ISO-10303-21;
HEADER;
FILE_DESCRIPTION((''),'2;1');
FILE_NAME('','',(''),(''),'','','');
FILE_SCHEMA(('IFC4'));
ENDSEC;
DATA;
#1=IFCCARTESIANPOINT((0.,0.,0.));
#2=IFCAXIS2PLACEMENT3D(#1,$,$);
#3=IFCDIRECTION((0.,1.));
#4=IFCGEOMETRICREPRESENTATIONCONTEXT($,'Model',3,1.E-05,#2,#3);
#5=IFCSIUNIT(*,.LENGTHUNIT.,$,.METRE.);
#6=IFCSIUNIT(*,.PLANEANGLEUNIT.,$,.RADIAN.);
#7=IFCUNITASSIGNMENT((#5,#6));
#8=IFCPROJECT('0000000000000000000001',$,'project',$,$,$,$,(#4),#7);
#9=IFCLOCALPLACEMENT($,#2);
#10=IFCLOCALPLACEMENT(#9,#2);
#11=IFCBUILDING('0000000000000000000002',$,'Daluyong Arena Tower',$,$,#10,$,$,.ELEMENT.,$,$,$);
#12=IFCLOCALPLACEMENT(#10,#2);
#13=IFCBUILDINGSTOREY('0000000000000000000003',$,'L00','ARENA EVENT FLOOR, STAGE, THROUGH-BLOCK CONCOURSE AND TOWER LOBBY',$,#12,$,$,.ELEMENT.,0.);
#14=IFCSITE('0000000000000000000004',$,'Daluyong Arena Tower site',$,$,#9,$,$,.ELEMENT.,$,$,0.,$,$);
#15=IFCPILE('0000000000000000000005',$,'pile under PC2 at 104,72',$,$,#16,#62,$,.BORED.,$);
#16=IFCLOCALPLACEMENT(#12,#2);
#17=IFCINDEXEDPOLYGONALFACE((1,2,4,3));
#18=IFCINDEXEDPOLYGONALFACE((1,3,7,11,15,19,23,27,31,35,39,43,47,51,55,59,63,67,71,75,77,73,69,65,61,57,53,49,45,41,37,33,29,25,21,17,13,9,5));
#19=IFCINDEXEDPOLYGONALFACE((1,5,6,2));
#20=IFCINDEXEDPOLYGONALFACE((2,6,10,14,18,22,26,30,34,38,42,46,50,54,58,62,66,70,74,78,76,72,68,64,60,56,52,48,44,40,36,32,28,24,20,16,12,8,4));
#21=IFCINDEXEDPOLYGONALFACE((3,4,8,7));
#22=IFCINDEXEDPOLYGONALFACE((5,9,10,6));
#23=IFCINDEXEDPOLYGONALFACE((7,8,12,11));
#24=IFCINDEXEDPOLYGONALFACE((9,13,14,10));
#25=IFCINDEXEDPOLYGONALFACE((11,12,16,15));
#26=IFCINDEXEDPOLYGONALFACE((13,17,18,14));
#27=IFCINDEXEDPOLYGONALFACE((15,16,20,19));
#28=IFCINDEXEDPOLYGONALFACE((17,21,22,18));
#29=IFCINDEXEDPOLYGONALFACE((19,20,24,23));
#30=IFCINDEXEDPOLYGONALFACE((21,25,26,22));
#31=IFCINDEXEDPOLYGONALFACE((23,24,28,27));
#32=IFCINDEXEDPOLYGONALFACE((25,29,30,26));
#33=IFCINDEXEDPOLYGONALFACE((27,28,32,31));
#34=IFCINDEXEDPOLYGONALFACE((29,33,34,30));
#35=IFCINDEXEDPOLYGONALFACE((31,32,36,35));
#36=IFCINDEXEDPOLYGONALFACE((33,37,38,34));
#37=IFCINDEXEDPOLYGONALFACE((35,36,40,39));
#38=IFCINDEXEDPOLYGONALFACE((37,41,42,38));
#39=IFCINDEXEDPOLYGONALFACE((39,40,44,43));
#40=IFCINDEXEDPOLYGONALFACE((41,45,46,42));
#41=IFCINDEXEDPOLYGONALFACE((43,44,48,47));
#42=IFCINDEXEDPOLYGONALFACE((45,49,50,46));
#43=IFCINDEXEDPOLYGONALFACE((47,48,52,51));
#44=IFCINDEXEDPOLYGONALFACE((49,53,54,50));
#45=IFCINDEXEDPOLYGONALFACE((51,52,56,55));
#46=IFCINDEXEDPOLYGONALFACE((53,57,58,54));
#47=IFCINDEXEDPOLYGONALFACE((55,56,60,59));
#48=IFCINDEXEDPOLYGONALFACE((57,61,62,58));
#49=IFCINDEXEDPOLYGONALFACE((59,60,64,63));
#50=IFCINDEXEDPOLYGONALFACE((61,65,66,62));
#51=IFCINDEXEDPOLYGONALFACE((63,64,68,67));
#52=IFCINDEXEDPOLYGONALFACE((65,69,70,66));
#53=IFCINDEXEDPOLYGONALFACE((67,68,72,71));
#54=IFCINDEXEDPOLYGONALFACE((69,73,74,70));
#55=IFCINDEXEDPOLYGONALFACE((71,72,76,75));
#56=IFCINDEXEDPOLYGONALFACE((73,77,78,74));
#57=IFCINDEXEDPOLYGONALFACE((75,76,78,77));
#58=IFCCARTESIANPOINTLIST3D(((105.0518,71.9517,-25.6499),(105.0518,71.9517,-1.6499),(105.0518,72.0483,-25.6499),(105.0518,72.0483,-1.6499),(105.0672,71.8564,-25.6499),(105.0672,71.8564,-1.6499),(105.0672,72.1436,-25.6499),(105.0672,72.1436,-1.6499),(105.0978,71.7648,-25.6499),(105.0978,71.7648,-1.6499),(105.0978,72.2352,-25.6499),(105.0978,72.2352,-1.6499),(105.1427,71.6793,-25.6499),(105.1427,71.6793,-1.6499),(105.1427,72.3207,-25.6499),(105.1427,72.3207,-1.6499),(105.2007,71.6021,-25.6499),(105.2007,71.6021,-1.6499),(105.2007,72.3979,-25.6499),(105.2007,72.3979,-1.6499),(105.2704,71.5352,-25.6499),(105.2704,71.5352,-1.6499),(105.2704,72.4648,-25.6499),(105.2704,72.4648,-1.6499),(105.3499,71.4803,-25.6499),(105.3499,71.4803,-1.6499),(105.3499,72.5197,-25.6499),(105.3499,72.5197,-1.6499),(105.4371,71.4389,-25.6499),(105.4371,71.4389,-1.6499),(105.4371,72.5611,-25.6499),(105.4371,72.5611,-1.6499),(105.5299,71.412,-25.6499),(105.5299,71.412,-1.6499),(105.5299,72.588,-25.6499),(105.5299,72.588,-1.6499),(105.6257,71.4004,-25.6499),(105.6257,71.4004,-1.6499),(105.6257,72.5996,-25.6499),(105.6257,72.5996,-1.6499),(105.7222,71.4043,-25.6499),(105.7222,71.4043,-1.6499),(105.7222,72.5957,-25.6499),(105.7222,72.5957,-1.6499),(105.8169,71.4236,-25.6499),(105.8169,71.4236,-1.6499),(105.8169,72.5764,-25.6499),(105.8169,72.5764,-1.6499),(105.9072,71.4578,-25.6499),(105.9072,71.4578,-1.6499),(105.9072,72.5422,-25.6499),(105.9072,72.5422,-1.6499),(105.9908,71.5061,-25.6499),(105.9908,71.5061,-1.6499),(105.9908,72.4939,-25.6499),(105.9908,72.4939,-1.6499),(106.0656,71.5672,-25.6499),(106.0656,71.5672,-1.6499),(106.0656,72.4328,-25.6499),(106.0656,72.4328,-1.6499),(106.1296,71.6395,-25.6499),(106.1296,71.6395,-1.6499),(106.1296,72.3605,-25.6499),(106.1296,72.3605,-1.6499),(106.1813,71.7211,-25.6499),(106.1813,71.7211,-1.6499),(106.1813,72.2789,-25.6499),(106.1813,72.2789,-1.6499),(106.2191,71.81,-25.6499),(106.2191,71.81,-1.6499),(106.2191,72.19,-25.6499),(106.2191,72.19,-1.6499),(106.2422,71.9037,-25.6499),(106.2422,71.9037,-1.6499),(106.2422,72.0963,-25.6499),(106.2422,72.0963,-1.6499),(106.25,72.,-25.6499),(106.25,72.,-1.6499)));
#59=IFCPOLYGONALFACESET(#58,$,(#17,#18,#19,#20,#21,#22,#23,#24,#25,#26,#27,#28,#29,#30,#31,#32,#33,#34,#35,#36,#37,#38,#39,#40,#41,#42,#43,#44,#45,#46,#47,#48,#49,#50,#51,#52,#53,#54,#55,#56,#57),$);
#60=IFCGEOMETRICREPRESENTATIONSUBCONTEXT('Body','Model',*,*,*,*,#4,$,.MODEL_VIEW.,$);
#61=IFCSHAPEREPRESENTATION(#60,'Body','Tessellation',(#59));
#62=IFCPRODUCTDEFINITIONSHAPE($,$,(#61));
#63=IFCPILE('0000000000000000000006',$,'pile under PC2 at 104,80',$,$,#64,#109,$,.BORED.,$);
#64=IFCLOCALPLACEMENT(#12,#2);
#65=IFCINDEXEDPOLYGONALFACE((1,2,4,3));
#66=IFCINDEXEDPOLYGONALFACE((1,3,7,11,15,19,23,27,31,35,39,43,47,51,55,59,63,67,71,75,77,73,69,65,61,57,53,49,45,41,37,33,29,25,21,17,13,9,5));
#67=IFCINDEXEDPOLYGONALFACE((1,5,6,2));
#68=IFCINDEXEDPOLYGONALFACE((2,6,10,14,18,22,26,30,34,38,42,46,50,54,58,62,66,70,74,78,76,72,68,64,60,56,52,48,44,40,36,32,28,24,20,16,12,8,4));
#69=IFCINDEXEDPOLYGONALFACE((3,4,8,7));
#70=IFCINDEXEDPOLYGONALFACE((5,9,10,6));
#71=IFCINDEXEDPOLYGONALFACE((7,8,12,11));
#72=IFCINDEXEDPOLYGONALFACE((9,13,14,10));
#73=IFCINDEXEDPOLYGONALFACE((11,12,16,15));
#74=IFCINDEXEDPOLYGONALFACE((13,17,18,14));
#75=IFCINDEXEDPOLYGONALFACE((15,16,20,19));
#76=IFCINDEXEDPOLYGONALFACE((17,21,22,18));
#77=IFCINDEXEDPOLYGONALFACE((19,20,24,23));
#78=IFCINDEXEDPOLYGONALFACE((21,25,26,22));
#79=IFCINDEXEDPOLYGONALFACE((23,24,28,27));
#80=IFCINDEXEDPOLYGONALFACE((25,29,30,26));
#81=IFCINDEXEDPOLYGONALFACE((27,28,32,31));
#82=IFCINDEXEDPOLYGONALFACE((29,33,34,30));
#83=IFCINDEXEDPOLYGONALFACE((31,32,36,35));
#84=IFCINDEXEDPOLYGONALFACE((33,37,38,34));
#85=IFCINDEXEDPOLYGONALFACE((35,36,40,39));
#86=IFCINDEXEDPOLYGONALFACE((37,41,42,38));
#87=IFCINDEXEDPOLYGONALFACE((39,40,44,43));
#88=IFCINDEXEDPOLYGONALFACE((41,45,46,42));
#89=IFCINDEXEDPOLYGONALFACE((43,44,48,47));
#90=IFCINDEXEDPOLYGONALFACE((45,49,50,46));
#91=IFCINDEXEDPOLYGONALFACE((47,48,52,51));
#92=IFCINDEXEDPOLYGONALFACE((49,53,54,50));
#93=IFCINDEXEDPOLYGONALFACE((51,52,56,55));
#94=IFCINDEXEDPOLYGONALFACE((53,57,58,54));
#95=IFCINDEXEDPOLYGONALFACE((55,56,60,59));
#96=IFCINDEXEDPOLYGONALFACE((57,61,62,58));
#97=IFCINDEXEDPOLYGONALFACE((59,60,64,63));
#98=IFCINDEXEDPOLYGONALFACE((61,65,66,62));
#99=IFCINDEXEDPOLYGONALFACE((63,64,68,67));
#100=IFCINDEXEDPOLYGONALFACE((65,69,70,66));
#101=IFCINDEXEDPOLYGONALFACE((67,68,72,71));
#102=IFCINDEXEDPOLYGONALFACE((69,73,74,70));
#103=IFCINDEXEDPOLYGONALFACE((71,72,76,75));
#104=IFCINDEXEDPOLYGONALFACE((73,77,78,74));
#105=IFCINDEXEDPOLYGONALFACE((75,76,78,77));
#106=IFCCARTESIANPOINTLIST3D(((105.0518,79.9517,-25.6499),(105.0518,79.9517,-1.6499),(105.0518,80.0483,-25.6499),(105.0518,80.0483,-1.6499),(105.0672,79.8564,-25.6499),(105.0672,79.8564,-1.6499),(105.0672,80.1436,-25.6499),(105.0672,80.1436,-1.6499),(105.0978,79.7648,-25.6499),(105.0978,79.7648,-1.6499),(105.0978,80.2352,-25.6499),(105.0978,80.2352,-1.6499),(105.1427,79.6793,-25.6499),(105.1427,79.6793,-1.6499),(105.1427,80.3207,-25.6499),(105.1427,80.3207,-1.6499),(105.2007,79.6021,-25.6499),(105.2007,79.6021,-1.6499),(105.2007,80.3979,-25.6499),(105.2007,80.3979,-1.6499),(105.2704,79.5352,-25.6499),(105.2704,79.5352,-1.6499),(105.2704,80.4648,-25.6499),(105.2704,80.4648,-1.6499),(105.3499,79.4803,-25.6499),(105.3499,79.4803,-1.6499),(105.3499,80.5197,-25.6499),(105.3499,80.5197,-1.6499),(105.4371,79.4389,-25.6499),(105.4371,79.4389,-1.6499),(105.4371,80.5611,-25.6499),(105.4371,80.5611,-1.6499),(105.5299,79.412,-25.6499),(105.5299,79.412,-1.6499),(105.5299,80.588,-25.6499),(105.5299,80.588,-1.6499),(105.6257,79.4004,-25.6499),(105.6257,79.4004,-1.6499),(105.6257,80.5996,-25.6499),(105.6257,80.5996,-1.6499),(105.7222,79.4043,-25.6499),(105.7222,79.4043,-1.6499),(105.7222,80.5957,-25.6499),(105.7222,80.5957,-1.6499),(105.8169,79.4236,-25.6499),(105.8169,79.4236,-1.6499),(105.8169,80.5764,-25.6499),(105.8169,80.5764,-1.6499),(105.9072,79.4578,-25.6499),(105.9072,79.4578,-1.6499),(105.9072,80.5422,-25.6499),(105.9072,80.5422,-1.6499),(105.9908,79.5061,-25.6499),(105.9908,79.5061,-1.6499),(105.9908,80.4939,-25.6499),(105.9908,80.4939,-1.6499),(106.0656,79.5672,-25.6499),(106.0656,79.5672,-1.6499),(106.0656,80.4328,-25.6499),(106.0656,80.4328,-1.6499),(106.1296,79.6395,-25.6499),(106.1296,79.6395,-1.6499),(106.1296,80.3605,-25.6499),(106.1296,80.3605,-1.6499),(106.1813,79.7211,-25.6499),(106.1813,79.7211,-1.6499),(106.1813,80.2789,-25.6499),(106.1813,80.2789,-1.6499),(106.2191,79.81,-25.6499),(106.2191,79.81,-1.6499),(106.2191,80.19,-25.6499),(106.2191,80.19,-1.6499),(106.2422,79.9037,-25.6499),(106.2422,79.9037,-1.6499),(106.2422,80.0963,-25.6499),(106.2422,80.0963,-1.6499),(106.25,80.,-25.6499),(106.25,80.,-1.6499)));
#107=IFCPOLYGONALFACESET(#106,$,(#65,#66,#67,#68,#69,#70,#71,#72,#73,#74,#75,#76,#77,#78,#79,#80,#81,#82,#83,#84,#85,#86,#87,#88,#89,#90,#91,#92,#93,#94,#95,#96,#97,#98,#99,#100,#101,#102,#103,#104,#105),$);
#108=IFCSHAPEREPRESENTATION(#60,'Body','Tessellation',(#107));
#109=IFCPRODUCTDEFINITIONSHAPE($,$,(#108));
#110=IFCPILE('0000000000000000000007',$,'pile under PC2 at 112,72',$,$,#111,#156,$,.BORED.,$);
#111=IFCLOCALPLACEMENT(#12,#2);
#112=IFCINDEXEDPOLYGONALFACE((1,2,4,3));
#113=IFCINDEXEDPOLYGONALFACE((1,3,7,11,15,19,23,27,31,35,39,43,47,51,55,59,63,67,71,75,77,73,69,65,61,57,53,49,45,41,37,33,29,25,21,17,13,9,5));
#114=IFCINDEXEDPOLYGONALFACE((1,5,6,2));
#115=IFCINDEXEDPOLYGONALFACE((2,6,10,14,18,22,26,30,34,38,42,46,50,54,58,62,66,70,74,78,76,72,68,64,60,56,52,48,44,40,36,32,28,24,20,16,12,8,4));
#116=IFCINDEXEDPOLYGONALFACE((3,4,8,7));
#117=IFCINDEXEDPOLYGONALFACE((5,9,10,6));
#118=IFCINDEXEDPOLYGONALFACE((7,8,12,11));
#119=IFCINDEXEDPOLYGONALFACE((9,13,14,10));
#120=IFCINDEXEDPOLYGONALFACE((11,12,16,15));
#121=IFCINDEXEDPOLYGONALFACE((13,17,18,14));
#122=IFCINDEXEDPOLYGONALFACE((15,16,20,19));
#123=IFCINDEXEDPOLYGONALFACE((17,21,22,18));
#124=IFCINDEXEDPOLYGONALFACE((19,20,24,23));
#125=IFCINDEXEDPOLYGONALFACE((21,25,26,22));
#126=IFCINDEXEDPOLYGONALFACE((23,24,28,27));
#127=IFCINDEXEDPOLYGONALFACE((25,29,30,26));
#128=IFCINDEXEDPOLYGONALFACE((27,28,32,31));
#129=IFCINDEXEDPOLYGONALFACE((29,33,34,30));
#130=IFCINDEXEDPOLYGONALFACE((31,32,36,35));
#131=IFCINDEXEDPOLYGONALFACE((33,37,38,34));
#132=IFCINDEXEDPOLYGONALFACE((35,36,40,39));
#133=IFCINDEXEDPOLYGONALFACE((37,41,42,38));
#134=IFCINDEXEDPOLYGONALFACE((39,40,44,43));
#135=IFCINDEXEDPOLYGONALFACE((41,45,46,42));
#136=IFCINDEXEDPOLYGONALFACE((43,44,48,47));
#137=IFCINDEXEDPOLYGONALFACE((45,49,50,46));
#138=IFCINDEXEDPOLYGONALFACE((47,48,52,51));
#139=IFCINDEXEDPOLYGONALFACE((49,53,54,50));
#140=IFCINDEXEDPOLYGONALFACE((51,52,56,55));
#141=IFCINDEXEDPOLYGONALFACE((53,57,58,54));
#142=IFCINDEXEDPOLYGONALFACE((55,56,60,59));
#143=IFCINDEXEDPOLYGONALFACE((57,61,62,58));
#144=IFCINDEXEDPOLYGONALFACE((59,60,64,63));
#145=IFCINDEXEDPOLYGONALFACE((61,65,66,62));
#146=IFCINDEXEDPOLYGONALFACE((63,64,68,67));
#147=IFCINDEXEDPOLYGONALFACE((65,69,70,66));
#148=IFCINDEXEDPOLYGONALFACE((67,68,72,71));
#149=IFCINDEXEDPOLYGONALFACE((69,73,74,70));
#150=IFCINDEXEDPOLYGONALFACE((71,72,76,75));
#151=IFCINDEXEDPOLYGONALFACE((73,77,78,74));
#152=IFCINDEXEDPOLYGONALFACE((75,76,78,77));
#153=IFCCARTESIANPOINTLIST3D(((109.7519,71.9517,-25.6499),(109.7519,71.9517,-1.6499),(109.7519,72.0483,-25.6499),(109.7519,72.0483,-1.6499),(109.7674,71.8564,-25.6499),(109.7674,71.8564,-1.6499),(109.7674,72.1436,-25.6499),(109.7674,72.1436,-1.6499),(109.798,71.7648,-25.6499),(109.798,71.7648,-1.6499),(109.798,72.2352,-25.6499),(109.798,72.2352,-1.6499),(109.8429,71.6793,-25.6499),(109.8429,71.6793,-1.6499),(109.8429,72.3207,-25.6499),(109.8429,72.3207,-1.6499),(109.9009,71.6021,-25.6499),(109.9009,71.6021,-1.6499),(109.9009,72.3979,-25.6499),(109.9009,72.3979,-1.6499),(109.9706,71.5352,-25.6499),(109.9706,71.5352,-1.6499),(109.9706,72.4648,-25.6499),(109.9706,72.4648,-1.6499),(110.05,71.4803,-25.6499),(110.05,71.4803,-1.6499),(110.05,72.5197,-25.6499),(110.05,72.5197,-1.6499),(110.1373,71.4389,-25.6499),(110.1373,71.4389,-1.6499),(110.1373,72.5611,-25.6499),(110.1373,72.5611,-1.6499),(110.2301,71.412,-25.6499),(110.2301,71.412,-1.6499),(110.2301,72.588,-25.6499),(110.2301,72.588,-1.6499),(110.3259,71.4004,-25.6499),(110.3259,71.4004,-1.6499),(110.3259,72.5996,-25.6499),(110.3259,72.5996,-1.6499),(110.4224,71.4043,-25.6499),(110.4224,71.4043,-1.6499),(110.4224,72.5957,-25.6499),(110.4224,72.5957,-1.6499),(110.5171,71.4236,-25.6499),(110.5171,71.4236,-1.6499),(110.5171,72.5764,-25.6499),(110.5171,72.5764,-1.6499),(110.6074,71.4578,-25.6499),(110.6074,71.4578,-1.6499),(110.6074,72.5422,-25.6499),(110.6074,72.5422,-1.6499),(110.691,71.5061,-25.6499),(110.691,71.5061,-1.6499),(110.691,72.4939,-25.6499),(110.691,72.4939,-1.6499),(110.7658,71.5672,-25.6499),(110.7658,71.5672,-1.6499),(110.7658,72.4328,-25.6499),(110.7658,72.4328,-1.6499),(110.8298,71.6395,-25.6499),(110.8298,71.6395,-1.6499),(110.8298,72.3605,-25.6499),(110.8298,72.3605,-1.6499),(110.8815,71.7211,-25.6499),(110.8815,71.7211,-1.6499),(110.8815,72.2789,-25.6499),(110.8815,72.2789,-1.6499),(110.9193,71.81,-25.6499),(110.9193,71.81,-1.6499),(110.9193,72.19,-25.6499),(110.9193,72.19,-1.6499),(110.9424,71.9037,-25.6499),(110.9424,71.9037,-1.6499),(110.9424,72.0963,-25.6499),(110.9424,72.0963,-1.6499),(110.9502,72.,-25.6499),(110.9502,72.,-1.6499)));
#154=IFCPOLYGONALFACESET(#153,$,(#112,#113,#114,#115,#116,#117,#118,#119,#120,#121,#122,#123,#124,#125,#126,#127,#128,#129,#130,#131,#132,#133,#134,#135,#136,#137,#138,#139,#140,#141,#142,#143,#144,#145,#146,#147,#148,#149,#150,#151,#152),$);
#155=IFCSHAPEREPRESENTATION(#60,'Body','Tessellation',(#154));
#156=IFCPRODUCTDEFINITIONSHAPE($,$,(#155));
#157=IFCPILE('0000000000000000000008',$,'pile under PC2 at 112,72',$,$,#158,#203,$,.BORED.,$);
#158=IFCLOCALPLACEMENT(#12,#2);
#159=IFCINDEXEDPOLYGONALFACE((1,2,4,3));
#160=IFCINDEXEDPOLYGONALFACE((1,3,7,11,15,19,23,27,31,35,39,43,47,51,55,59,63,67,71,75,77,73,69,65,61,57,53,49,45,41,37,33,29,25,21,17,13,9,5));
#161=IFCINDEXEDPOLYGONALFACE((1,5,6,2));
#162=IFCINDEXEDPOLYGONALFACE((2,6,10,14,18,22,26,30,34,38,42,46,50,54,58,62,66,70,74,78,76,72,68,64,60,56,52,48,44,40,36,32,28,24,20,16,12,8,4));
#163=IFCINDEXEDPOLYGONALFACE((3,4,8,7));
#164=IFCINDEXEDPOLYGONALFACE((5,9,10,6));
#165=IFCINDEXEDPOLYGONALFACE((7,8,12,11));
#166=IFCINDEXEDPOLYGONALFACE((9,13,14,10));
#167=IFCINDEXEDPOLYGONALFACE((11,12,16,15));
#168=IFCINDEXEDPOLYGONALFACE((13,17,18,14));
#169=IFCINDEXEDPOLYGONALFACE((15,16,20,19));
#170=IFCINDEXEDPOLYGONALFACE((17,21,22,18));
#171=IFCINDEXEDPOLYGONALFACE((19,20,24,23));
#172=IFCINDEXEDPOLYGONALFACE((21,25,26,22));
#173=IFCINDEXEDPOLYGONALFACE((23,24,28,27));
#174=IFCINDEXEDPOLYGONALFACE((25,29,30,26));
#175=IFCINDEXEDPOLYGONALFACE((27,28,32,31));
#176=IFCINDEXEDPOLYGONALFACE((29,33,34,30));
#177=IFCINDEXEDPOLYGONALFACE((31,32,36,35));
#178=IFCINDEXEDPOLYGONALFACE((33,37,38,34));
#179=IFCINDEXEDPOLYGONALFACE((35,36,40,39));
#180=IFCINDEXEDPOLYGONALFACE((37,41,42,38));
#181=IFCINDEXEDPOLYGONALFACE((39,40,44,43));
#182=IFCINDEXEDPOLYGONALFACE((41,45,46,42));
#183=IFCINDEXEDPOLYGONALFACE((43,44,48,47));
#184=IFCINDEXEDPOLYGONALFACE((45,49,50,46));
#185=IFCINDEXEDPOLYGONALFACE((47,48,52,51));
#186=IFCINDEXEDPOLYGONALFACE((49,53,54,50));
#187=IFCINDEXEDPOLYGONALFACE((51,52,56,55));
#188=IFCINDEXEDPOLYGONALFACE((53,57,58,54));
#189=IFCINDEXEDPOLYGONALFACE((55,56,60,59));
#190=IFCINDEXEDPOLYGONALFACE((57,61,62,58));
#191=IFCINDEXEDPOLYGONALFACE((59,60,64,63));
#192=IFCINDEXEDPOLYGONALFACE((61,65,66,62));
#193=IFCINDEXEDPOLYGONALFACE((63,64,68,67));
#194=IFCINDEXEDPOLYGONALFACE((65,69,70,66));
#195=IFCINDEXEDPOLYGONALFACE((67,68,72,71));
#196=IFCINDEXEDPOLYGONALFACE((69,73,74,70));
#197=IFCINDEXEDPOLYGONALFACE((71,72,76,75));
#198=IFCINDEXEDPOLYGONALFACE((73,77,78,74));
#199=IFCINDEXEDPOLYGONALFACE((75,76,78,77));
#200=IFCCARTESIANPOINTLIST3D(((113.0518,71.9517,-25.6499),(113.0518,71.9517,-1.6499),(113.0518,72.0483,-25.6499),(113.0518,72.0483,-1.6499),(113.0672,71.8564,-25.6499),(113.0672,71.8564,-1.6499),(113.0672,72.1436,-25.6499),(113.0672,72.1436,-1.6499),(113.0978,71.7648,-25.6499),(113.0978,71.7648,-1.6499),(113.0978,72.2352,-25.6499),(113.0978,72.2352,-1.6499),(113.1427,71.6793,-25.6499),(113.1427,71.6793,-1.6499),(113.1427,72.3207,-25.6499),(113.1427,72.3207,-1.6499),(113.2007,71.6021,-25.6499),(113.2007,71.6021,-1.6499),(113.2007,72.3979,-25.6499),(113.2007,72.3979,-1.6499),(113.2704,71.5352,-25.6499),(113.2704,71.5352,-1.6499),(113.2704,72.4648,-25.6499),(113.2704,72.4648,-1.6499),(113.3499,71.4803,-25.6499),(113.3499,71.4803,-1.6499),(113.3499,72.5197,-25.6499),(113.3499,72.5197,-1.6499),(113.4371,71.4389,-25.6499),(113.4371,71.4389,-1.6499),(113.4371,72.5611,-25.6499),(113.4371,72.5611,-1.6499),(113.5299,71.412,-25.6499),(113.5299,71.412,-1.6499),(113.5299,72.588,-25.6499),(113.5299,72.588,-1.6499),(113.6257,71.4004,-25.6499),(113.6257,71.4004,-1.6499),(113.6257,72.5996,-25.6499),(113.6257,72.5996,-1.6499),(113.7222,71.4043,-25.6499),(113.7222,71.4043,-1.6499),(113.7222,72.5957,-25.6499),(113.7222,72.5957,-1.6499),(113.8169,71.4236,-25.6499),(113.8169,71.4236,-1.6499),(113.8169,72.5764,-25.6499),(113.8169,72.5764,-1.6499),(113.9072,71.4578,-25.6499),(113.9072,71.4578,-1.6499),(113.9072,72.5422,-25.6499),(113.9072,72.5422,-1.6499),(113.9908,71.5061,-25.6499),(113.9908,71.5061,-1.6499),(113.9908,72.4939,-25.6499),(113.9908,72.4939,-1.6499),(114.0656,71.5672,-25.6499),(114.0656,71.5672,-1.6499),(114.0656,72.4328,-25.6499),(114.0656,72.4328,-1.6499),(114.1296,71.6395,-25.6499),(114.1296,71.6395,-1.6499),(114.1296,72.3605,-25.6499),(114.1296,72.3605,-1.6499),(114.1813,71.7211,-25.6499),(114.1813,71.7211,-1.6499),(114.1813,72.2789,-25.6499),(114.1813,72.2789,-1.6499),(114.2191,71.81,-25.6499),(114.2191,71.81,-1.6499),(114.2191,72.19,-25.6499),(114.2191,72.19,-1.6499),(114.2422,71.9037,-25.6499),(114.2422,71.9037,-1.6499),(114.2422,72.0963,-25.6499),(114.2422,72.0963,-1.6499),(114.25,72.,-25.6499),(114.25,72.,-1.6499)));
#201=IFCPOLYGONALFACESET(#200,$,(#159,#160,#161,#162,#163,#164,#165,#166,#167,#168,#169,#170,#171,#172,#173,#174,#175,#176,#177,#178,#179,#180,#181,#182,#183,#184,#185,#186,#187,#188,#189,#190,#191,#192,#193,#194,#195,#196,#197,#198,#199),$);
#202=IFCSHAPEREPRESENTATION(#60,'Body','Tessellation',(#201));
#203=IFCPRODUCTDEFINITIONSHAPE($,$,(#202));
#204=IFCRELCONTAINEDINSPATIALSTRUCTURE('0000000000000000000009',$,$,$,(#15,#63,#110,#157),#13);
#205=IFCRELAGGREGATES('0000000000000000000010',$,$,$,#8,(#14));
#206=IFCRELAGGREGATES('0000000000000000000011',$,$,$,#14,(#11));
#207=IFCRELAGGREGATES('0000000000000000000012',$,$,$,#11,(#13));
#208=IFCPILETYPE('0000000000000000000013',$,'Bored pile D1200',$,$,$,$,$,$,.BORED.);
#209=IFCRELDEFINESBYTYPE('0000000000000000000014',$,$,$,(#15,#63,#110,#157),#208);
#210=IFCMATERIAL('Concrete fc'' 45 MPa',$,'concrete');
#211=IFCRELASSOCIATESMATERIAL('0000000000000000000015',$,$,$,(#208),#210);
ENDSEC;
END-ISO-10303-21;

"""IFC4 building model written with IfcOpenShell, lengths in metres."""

from ifc_helpers import new_model, si_unit, direction, frame, origin, origin_2d, place, context, subcontext, project, spatial, circle, extrude, material, type_object, element, save


model = new_model("IFC4")

# Units and contexts
model_context = context("Model", 3, precision=1e-05, world=origin(), true_north=direction((0.0, 1.0)))
body_context = subcontext(model_context, "Body", "Model", "MODEL_VIEW")
ifc_project = project(units=[si_unit("LENGTHUNIT", "METRE"), si_unit("PLANEANGLEUNIT", "RADIAN")], contexts=[model_context])

# Site, building, storey
site_placement = place(None, origin())
site = spatial("IfcSite", under=ifc_project, at=site_placement, Name="Daluyong Arena Tower site", CompositionType="ELEMENT", RefElevation=0.0)
building_placement = place(site_placement, origin())
building = spatial("IfcBuilding", under=site, at=building_placement, Name="Daluyong Arena Tower", CompositionType="ELEMENT")
storey_placement = place(building_placement, origin())
storey = spatial("IfcBuildingStorey", under=building, at=storey_placement, Name="L00", Description="ARENA EVENT FLOOR, STAGE, THROUGH-BLOCK CONCOURSE AND TOWER LOBBY", CompositionType="ELEMENT", Elevation=0.0)

# Piles
ifc_material_1 = material(Name="Concrete fc' 45 MPa", Category="concrete")
pile_type = type_object("IfcPileType", Name="Bored pile D1200", PredefinedType="BORED", material=ifc_material_1)
for number, where, z_axis, x_axis, name in (
    (1, (105.6499, 72.0, -1.6499), (0.0, 0.0, -1.0), (1.0, 0.0, 0.0), "pile under PC2 at 104,72"),
    (2, (105.6499, 80.0, -1.6499), (0.0, 0.0, -1.0), (1.0, 0.0, 0.0), "pile under PC2 at 104,80"),
    (3, (110.3501, 72.0, -1.6499), (0.0, 0.0, -1.0), (1.0, 0.0, 0.0), "pile under PC2 at 112,72"),
    (4, (113.6499, 72.0, -1.6499), (0.0, 0.0, -1.0), (1.0, 0.0, 0.0), "pile under PC2 at 112,72"),
):
    element("IfcPile", number, at=place(storey_placement, frame(where, z_axis=z_axis, x_axis=x_axis)), inside=storey, type_object=pile_type, Name=name, PredefinedType="BORED", context=body_context, shape_type="SweptSolid", body=[
        extrude(circle(Radius=0.6001, at=origin_2d()), origin(), (0.0, 0.0, 1.0), 24.0),
    ])

save(model, "model.ifc")
